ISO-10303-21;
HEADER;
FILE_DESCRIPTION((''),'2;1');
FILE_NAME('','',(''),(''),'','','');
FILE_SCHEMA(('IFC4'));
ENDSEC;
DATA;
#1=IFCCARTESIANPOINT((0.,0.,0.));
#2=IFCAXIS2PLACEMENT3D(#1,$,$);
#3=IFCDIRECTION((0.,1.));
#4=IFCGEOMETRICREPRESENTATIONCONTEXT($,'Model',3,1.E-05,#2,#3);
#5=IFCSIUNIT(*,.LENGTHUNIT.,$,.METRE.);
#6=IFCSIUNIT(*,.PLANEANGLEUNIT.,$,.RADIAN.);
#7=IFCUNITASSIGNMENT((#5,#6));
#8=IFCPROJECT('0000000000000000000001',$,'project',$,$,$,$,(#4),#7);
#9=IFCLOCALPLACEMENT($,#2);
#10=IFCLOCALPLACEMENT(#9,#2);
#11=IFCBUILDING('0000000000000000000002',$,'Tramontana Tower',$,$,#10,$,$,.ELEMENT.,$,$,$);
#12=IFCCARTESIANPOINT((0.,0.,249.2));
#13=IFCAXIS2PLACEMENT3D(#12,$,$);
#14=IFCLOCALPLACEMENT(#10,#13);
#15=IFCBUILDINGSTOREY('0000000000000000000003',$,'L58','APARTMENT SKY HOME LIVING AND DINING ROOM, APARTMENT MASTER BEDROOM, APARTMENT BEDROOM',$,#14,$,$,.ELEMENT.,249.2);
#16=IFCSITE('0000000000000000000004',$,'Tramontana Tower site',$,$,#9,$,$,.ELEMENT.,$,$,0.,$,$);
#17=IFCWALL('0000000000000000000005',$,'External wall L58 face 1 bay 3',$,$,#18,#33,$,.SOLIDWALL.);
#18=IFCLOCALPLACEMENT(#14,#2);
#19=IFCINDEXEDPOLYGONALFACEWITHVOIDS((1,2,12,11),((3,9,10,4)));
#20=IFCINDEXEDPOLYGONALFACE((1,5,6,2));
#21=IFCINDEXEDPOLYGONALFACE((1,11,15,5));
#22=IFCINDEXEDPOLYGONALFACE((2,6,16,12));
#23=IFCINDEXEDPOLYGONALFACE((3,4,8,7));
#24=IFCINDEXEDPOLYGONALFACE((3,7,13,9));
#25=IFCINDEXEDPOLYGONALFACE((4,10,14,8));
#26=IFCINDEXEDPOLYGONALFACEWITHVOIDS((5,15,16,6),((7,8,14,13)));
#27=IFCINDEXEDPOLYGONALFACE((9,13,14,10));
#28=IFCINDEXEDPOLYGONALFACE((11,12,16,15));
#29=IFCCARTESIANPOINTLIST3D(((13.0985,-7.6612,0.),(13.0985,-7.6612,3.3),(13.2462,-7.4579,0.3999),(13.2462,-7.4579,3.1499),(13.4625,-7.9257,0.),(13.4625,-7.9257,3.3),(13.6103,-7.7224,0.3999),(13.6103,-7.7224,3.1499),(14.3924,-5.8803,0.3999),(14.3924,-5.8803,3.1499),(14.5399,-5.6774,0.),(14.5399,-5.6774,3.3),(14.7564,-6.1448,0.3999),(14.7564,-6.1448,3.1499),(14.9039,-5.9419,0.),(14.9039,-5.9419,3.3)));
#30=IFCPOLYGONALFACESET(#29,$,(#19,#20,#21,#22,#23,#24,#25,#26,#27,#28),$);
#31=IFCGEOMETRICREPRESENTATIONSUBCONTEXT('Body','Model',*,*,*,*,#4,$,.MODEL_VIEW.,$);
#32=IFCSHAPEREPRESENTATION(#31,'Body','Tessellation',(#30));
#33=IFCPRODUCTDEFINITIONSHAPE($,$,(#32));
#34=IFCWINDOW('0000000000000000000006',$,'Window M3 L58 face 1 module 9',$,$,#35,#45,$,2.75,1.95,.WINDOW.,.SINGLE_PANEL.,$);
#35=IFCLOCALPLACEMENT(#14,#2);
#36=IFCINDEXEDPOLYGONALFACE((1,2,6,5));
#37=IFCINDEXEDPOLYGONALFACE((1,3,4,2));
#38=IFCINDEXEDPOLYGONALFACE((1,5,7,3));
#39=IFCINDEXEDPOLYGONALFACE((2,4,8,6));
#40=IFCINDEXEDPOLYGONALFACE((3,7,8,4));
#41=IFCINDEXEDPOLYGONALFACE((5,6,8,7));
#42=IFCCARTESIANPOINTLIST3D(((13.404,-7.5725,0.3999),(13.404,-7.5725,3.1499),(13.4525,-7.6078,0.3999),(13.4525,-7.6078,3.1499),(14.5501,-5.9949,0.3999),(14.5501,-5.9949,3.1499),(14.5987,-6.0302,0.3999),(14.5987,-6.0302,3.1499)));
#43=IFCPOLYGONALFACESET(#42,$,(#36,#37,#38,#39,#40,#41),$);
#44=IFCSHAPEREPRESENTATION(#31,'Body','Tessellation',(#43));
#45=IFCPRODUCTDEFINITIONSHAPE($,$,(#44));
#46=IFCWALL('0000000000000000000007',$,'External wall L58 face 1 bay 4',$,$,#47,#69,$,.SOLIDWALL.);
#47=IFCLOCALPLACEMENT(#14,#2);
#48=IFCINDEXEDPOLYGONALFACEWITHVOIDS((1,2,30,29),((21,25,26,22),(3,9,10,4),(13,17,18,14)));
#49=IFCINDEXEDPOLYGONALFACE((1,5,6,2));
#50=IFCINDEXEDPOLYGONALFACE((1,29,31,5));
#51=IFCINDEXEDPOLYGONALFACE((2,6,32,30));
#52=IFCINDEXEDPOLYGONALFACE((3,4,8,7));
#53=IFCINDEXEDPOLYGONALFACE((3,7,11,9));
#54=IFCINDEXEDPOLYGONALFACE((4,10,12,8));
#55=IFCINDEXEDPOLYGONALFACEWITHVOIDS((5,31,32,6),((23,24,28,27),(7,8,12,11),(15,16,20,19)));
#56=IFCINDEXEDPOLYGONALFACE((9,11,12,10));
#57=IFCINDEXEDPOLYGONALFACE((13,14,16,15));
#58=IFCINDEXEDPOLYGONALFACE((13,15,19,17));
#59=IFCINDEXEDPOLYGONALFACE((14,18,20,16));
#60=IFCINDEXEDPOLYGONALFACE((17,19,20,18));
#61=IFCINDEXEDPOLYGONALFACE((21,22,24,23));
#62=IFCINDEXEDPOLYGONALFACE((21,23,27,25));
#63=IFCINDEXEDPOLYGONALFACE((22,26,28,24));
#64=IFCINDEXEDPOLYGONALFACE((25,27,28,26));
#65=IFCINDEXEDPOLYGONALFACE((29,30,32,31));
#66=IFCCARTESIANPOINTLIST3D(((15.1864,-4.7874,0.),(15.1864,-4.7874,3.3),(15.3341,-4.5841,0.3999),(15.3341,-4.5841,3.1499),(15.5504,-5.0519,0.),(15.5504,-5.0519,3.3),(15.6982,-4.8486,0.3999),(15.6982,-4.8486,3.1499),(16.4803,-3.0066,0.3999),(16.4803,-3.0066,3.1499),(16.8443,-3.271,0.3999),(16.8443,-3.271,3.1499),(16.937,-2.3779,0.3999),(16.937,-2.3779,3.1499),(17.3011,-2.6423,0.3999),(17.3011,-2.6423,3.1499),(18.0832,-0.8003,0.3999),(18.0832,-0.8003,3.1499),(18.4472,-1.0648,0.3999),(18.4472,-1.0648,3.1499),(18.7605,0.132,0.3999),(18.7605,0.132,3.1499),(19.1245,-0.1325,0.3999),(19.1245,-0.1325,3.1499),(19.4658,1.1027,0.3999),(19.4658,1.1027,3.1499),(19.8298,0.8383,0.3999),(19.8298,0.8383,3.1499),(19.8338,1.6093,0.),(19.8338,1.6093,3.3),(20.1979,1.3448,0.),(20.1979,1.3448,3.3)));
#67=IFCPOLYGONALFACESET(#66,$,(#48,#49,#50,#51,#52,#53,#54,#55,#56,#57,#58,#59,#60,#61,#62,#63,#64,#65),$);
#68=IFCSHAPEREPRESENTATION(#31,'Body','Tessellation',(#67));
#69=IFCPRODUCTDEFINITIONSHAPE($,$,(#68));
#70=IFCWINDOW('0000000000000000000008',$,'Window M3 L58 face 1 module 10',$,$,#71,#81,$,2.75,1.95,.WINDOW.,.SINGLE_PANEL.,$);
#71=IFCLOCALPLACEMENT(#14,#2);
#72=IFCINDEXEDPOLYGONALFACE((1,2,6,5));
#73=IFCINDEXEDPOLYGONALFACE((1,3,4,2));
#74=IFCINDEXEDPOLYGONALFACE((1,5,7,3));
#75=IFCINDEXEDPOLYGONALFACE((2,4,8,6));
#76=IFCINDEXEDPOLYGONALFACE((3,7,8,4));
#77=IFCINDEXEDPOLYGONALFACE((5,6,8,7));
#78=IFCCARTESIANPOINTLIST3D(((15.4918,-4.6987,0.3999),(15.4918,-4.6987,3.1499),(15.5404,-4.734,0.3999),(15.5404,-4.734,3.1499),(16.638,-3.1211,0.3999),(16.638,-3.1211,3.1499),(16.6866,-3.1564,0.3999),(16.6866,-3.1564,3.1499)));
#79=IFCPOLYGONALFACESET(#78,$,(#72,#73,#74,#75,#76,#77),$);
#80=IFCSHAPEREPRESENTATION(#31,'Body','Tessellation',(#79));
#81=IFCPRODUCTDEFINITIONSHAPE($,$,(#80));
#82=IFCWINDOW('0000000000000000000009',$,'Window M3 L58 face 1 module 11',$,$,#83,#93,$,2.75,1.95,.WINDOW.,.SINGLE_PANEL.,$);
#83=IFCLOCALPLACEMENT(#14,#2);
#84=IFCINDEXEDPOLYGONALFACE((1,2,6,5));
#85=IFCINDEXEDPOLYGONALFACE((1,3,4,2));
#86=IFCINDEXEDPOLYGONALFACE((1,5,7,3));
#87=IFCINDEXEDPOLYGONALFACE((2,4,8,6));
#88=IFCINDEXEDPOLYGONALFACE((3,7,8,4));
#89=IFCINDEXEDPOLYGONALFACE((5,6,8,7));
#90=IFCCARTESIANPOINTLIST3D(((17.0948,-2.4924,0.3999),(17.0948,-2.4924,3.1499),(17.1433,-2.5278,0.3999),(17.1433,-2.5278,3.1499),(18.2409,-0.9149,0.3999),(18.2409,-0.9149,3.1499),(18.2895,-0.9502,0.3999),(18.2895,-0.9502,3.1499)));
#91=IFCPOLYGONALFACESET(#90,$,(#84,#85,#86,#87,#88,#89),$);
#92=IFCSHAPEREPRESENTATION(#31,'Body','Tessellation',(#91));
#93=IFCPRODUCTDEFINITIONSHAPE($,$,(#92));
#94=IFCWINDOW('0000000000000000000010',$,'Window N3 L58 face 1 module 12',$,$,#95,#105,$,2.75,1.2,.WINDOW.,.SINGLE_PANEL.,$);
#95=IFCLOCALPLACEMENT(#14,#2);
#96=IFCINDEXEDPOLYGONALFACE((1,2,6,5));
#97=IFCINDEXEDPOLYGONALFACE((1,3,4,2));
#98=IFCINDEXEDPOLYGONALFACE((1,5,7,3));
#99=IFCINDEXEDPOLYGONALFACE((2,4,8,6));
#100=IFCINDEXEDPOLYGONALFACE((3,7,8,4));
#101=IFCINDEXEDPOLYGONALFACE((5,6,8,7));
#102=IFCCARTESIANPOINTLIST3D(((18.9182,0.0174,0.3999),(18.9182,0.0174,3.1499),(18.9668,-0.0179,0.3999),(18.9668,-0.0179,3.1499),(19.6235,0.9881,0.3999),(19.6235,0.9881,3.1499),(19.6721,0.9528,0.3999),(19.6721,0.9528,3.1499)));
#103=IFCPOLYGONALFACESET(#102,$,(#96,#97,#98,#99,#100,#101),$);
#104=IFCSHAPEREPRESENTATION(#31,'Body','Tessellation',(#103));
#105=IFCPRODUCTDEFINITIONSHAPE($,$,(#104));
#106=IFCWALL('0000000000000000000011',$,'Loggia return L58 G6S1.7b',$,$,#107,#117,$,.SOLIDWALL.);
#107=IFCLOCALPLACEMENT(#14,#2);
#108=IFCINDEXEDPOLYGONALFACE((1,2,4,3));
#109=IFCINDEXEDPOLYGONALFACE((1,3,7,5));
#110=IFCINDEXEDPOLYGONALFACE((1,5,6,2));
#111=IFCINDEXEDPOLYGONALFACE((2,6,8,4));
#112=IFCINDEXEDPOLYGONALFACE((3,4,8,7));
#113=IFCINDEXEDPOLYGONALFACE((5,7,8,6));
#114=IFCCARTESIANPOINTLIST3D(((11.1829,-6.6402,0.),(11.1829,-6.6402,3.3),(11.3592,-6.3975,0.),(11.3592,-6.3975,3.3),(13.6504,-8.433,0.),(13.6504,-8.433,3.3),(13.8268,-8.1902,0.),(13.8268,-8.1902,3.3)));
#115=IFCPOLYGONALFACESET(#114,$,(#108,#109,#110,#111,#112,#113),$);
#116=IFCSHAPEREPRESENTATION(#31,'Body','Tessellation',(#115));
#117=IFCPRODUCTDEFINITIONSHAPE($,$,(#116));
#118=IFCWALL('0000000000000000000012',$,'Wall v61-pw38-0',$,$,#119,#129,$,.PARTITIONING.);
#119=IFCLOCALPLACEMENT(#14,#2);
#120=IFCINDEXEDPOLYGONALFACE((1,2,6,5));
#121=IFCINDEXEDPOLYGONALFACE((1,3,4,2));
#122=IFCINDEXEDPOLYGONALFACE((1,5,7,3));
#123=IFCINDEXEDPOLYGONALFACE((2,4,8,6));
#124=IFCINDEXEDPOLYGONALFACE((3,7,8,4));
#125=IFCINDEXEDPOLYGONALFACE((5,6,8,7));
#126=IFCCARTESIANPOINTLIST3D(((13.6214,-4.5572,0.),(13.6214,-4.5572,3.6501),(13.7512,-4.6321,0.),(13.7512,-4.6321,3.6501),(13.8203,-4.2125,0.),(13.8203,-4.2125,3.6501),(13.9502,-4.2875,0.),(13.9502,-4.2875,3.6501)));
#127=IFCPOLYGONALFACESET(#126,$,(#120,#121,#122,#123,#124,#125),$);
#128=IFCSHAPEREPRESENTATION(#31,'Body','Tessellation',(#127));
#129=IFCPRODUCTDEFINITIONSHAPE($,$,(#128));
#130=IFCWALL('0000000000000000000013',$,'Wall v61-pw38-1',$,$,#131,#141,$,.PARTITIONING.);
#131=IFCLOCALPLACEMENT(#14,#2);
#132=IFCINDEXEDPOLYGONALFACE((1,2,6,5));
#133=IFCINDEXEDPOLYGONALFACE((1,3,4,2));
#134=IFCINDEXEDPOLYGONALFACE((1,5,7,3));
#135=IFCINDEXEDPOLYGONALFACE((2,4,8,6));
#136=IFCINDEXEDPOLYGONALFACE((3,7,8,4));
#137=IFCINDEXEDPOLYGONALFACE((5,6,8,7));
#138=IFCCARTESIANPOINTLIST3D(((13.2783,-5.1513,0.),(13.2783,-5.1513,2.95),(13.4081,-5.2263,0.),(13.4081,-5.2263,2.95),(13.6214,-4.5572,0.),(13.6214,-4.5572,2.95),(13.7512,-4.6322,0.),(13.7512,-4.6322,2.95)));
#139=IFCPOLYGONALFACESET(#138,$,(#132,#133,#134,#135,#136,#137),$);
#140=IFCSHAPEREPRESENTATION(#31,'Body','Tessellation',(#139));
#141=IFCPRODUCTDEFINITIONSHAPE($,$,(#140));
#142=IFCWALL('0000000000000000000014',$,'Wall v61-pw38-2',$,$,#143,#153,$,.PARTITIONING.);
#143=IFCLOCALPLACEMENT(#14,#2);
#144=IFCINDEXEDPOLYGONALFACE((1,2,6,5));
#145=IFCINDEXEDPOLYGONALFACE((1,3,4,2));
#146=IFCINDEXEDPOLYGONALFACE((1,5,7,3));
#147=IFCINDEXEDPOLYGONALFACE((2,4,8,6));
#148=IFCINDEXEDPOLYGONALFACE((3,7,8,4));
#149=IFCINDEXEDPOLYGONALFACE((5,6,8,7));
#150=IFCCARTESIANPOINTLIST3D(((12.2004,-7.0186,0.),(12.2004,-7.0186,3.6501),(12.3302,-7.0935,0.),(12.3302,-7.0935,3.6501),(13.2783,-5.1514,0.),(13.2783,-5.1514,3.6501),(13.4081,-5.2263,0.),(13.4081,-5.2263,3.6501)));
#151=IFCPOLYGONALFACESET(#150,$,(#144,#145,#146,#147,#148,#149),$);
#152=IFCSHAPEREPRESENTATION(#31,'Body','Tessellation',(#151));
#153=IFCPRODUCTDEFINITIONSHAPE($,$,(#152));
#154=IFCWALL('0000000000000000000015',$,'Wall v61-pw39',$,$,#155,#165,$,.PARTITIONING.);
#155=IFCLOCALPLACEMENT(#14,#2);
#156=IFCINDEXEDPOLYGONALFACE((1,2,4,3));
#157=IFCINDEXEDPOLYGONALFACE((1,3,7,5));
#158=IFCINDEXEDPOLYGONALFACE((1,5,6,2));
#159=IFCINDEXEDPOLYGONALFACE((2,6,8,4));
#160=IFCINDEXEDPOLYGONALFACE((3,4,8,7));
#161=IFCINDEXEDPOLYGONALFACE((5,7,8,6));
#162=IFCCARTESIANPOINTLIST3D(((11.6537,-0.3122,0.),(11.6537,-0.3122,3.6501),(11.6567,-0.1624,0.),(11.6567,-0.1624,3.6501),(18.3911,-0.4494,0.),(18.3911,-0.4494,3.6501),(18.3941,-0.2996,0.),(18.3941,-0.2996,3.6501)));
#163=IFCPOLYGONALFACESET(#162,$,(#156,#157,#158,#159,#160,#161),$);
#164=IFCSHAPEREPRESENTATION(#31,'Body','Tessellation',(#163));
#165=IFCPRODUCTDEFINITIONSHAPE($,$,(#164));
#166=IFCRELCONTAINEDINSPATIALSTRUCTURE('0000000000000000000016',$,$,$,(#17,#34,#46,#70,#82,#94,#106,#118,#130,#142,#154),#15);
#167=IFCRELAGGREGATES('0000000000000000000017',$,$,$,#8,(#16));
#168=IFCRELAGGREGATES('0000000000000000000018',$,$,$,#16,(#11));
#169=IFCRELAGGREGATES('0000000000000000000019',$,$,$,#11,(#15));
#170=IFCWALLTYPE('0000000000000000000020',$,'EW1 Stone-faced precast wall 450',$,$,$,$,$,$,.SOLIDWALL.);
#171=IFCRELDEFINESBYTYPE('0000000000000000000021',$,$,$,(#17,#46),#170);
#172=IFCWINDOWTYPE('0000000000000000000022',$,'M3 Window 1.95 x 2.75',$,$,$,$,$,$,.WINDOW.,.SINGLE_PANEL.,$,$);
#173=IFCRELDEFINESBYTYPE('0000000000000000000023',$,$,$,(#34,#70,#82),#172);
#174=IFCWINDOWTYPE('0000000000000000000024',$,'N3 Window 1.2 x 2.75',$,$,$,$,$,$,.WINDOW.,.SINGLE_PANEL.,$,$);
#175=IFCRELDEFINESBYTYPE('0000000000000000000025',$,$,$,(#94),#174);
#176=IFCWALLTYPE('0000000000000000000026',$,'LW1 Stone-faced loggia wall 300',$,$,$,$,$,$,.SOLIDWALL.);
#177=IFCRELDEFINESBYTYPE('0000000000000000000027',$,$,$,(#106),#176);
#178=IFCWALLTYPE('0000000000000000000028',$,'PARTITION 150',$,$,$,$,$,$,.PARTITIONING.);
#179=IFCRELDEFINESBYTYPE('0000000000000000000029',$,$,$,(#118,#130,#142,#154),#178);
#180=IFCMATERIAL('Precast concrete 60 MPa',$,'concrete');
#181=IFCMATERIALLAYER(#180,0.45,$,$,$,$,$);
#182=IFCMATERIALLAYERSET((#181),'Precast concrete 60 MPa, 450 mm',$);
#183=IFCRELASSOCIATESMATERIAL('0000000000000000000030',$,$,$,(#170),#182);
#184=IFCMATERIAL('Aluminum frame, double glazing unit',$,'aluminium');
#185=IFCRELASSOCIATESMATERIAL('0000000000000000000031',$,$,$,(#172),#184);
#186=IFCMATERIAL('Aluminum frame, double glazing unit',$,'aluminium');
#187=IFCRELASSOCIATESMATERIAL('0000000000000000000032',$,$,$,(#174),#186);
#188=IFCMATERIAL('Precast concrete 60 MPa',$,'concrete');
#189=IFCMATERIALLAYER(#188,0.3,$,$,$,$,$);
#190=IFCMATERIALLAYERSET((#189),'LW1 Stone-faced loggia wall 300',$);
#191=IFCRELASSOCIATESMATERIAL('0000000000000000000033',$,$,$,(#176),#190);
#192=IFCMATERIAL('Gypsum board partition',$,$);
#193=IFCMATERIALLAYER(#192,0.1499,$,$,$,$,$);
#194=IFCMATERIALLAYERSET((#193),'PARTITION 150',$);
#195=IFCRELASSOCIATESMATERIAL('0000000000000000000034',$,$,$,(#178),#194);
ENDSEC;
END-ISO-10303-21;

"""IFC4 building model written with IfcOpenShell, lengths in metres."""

from ifc_helpers import new_model, si_unit, direction, frame, frame_2d, origin, place, context, subcontext, project, spatial, rectangle, extrude, material, layer, layer_set, type_object, element, fill, save


model = new_model("IFC4")

# Units and contexts
model_context = context("Model", 3, precision=1e-05, world=origin(), true_north=direction((0.0, 1.0)))
body_context = subcontext(model_context, "Body", "Model", "MODEL_VIEW")
ifc_project = project(units=[si_unit("LENGTHUNIT", "METRE"), si_unit("PLANEANGLEUNIT", "RADIAN")], contexts=[model_context])

# Site, building, storey
site_placement = place(None, origin())
site = spatial("IfcSite", under=ifc_project, at=site_placement, Name="Tramontana Tower site", CompositionType="ELEMENT", RefElevation=0.0)
building_placement = place(site_placement, origin())
building = spatial("IfcBuilding", under=site, at=building_placement, Name="Tramontana Tower", CompositionType="ELEMENT")
storey_placement = place(building_placement, frame((0.0, 0.0, 249.2)))
storey = spatial("IfcBuildingStorey", under=building, at=storey_placement, Name="L58", Description="APARTMENT SKY HOME LIVING AND DINING ROOM, APARTMENT MASTER BEDROOM, APARTMENT BEDROOM", CompositionType="ELEMENT", Elevation=249.2)

# Wall, opening, window
ifc_material_1 = material(Name="Precast concrete 60 MPa", Category="concrete")
ifc_layer_1 = layer(ifc_material_1, 0.45)
ifc_layer_set_1 = layer_set([ifc_layer_1], Name="Precast concrete 60 MPa, 450 mm")
wall_type_1 = type_object("IfcWallType", Name="EW1 Stone-faced precast wall 450", PredefinedType="SOLIDWALL", material=ifc_layer_set_1)
wall_1_placement = place(storey_placement, frame((13.2805, -7.7935, 0.0), z_axis=(0.0, 0.0, 1.0), x_axis=(0.587793, 0.809012, 0.0)))
wall_1 = element("IfcWall", 1, at=wall_1_placement, inside=storey, type_object=wall_type_1, Name="External wall L58 face 1 bay 3", PredefinedType="SOLIDWALL", context=body_context, shape_type="SweptSolid", body=[
    extrude(rectangle(XDim=2.4521, YDim=0.45, at=frame_2d((1.2261, 0.0))), origin(), (0.0, 0.0, 1.0), 3.3),
])
opening_1_placement = place(wall_1_placement, frame((0.2512, 0.0, 0.3999)))
opening_1 = element("IfcOpeningElement", 2, at=opening_1_placement, cuts=wall_1, PredefinedType="OPENING", context=body_context, shape_type="SweptSolid", body=[
    extrude(rectangle(XDim=1.95, YDim=2.75, at=frame_2d((0.9751, 1.375))), frame((0.0, 0.2349, 0.0), z_axis=(0.0, -1.0, 0.0), x_axis=(1.0, 0.0, 0.0)), (0.0, 0.0, 1.0), 0.47),
])
ifc_material_2 = material(Name="Aluminum frame, double glazing unit", Category="aluminium")
window_type_1 = type_object("IfcWindowType", Name="M3 Window 1.95 x 2.75", PartitioningType="SINGLE_PANEL", PredefinedType="WINDOW", material=ifc_material_2)
window_1_placement = place(opening_1_placement, origin())
window_1 = element("IfcWindow", 3, at=window_1_placement, inside=storey, type_object=window_type_1, Name="Window M3 L58 face 1 module 9", OverallHeight=2.75, OverallWidth=1.95, PartitioningType="SINGLE_PANEL", PredefinedType="WINDOW", context=body_context, shape_type="SweptSolid", body=[
    extrude(rectangle(XDim=1.95, YDim=2.75, at=frame_2d((0.9751, 1.375))), frame((0.0, 0.03, 0.0), z_axis=(0.0, -1.0, 0.0), x_axis=(1.0, 0.0, 0.0)), (0.0, 0.0, 1.0), 0.0601),
])
fill(opening_1, window_1)

# Wall, openings, windows
wall_2_placement = place(storey_placement, frame((15.3684, -4.9197, 0.0), z_axis=(0.0, 0.0, 1.0), x_axis=(0.587782, 0.809019, 0.0)))
wall_2 = element("IfcWall", 4, at=wall_2_placement, inside=storey, type_object=wall_type_1, Name="External wall L58 face 1 bay 4", PredefinedType="SOLIDWALL", context=body_context, shape_type="SweptSolid", body=[
    extrude(rectangle(XDim=7.9067, YDim=0.45, at=frame_2d((3.9534, 0.0))), origin(), (0.0, 0.0, 1.0), 3.3),
])
opening_2_placement = place(wall_2_placement, frame((0.2512, 0.0, 0.3999)))
opening_2 = element("IfcOpeningElement", 5, at=opening_2_placement, cuts=wall_2, PredefinedType="OPENING", context=body_context, shape_type="SweptSolid", body=[
    extrude(rectangle(XDim=1.95, YDim=2.75, at=frame_2d((0.9751, 1.375))), frame((0.0, 0.2349, 0.0), z_axis=(0.0, -1.0, 0.0), x_axis=(1.0, 0.0, 0.0)), (0.0, 0.0, 1.0), 0.47),
])
opening_3_placement = place(wall_2_placement, frame((2.9783, 0.0, 0.3999)))
opening_3 = element("IfcOpeningElement", 6, at=opening_3_placement, cuts=wall_2, PredefinedType="OPENING", context=body_context, shape_type="SweptSolid", body=[
    extrude(rectangle(XDim=1.95, YDim=2.75, at=frame_2d((0.9751, 1.375))), frame((0.0, 0.2349, 0.0), z_axis=(0.0, -1.0, 0.0), x_axis=(1.0, 0.0, 0.0)), (0.0, 0.0, 1.0), 0.47),
])
opening_4_placement = place(wall_2_placement, frame((6.0806, 0.0, 0.3999)))
opening_4 = element("IfcOpeningElement", 7, at=opening_4_placement, cuts=wall_2, PredefinedType="OPENING", context=body_context, shape_type="SweptSolid", body=[
    extrude(rectangle(XDim=1.2, YDim=2.75, at=frame_2d((0.6001, 1.375))), frame((0.0, 0.2349, 0.0), z_axis=(0.0, -1.0, 0.0), x_axis=(1.0, 0.0, 0.0)), (0.0, 0.0, 1.0), 0.47),
])
window_2_placement = place(opening_2_placement, origin())
window_2 = element("IfcWindow", 8, at=window_2_placement, inside=storey, type_object=window_type_1, Name="Window M3 L58 face 1 module 10", OverallHeight=2.75, OverallWidth=1.95, PartitioningType="SINGLE_PANEL", PredefinedType="WINDOW", context=body_context, shape_type="SweptSolid", body=[
    extrude(rectangle(XDim=1.95, YDim=2.75, at=frame_2d((0.9751, 1.375))), frame((0.0, 0.03, 0.0), z_axis=(0.0, -1.0, 0.0), x_axis=(1.0, 0.0, 0.0)), (0.0, 0.0, 1.0), 0.0601),
])
fill(opening_2, window_2)
window_3_placement = place(opening_3_placement, origin())
window_3 = element("IfcWindow", 9, at=window_3_placement, inside=storey, type_object=window_type_1, Name="Window M3 L58 face 1 module 11", OverallHeight=2.75, OverallWidth=1.95, PartitioningType="SINGLE_PANEL", PredefinedType="WINDOW", context=body_context, shape_type="SweptSolid", body=[
    extrude(rectangle(XDim=1.95, YDim=2.75, at=frame_2d((0.9751, 1.375))), frame((0.0, 0.03, 0.0), z_axis=(0.0, -1.0, 0.0), x_axis=(1.0, 0.0, 0.0)), (0.0, 0.0, 1.0), 0.0601),
])
fill(opening_3, window_3)
ifc_material_3 = material(Name="Aluminum frame, double glazing unit", Category="aluminium")
window_type_2 = type_object("IfcWindowType", Name="N3 Window 1.2 x 2.75", PartitioningType="SINGLE_PANEL", PredefinedType="WINDOW", material=ifc_material_3)
window_4_placement = place(opening_4_placement, origin())
window_4 = element("IfcWindow", 10, at=window_4_placement, inside=storey, type_object=window_type_2, Name="Window N3 L58 face 1 module 12", OverallHeight=2.75, OverallWidth=1.2, PartitioningType="SINGLE_PANEL", PredefinedType="WINDOW", context=body_context, shape_type="SweptSolid", body=[
    extrude(rectangle(XDim=1.2, YDim=2.75, at=frame_2d((0.6001, 1.375))), frame((0.0, 0.03, 0.0), z_axis=(0.0, -1.0, 0.0), x_axis=(1.0, 0.0, 0.0)), (0.0, 0.0, 1.0), 0.0601),
])
fill(opening_4, window_4)

# Walls
ifc_material_4 = material(Name="Precast concrete 60 MPa", Category="concrete")
ifc_layer_2 = layer(ifc_material_4, 0.3)
ifc_layer_set_2 = layer_set([ifc_layer_2], Name="LW1 Stone-faced loggia wall 300")
wall_type_2 = type_object("IfcWallType", Name="LW1 Stone-faced loggia wall 300", PredefinedType="SOLIDWALL", material=ifc_layer_set_2)
wall_3_placement = place(storey_placement, frame((13.7385, -8.3115, 0.0), z_axis=(0.0, 0.0, 1.0), x_axis=(-0.809023, 0.587777, 0.0)))
element("IfcWall", 11, at=wall_3_placement, inside=storey, type_object=wall_type_2, Name="Loggia return L58 G6S1.7b", PredefinedType="SOLIDWALL", context=body_context, shape_type="SweptSolid", body=[
    extrude(rectangle(XDim=3.05, YDim=0.3, at=frame_2d((1.5249, 0.0))), origin(), (0.0, 0.0, 1.0), 3.3),
])
ifc_material_5 = material(Name="Gypsum board partition")
ifc_layer_3 = layer(ifc_material_5, 0.1499)
ifc_layer_set_3 = layer_set([ifc_layer_3], Name="PARTITION 150")
wall_type_3 = type_object("IfcWallType", Name="PARTITION 150", PredefinedType="PARTITIONING", material=ifc_layer_set_3)
wall_4_placement = place(storey_placement, frame((13.8853, -4.25, 0.0), z_axis=(0.0, 0.0, 1.0), x_axis=(-0.499899, -0.866083, 0.0)))
element("IfcWall", 12, at=wall_4_placement, inside=storey, type_object=wall_type_3, Name="Wall v61-pw38-0", PredefinedType="PARTITIONING", context=body_context, shape_type="SweptSolid", body=[
    extrude(rectangle(XDim=0.3979, YDim=0.1499, at=frame_2d((0.199, 0.0))), origin(), (0.0, 0.0, 1.0), 3.6501),
])
wall_5_placement = place(storey_placement, frame((13.6863, -4.5947, 0.0), z_axis=(0.0, 0.0, 1.0), x_axis=(-0.500082, -0.865978, 0.0)))
element("IfcWall", 13, at=wall_5_placement, inside=storey, type_object=wall_type_3, Name="Wall v61-pw38-1", PredefinedType="PARTITIONING", context=body_context, shape_type="SweptSolid", body=[
    extrude(rectangle(XDim=0.686, YDim=0.1499, at=frame_2d((0.343, 0.0))), origin(), (0.0, 0.0, 1.0), 2.95),
])
wall_6_placement = place(storey_placement, frame((13.3433, -5.1887, 0.0), z_axis=(0.0, 0.0, 1.0), x_axis=(-0.499951, -0.866054, 0.0)))
element("IfcWall", 14, at=wall_6_placement, inside=storey, type_object=wall_type_3, Name="Wall v61-pw38-2", PredefinedType="PARTITIONING", context=body_context, shape_type="SweptSolid", body=[
    extrude(rectangle(XDim=2.156, YDim=0.1499, at=frame_2d((1.0781, 0.0))), origin(), (0.0, 0.0, 1.0), 3.6501),
])
wall_7_placement = place(storey_placement, frame((18.3926, -0.3745, 0.0), z_axis=(0.0, 0.0, 1.0), x_axis=(-0.999793, 0.020361, 0.0)))
element("IfcWall", 15, at=wall_7_placement, inside=storey, type_object=wall_type_3, Name="Wall v61-pw39", PredefinedType="PARTITIONING", context=body_context, shape_type="SweptSolid", body=[
    extrude(rectangle(XDim=6.7388, YDim=0.1499, at=frame_2d((3.3694, 0.0))), origin(), (0.0, 0.0, 1.0), 3.6501),
])

save(model, "model.ifc")
